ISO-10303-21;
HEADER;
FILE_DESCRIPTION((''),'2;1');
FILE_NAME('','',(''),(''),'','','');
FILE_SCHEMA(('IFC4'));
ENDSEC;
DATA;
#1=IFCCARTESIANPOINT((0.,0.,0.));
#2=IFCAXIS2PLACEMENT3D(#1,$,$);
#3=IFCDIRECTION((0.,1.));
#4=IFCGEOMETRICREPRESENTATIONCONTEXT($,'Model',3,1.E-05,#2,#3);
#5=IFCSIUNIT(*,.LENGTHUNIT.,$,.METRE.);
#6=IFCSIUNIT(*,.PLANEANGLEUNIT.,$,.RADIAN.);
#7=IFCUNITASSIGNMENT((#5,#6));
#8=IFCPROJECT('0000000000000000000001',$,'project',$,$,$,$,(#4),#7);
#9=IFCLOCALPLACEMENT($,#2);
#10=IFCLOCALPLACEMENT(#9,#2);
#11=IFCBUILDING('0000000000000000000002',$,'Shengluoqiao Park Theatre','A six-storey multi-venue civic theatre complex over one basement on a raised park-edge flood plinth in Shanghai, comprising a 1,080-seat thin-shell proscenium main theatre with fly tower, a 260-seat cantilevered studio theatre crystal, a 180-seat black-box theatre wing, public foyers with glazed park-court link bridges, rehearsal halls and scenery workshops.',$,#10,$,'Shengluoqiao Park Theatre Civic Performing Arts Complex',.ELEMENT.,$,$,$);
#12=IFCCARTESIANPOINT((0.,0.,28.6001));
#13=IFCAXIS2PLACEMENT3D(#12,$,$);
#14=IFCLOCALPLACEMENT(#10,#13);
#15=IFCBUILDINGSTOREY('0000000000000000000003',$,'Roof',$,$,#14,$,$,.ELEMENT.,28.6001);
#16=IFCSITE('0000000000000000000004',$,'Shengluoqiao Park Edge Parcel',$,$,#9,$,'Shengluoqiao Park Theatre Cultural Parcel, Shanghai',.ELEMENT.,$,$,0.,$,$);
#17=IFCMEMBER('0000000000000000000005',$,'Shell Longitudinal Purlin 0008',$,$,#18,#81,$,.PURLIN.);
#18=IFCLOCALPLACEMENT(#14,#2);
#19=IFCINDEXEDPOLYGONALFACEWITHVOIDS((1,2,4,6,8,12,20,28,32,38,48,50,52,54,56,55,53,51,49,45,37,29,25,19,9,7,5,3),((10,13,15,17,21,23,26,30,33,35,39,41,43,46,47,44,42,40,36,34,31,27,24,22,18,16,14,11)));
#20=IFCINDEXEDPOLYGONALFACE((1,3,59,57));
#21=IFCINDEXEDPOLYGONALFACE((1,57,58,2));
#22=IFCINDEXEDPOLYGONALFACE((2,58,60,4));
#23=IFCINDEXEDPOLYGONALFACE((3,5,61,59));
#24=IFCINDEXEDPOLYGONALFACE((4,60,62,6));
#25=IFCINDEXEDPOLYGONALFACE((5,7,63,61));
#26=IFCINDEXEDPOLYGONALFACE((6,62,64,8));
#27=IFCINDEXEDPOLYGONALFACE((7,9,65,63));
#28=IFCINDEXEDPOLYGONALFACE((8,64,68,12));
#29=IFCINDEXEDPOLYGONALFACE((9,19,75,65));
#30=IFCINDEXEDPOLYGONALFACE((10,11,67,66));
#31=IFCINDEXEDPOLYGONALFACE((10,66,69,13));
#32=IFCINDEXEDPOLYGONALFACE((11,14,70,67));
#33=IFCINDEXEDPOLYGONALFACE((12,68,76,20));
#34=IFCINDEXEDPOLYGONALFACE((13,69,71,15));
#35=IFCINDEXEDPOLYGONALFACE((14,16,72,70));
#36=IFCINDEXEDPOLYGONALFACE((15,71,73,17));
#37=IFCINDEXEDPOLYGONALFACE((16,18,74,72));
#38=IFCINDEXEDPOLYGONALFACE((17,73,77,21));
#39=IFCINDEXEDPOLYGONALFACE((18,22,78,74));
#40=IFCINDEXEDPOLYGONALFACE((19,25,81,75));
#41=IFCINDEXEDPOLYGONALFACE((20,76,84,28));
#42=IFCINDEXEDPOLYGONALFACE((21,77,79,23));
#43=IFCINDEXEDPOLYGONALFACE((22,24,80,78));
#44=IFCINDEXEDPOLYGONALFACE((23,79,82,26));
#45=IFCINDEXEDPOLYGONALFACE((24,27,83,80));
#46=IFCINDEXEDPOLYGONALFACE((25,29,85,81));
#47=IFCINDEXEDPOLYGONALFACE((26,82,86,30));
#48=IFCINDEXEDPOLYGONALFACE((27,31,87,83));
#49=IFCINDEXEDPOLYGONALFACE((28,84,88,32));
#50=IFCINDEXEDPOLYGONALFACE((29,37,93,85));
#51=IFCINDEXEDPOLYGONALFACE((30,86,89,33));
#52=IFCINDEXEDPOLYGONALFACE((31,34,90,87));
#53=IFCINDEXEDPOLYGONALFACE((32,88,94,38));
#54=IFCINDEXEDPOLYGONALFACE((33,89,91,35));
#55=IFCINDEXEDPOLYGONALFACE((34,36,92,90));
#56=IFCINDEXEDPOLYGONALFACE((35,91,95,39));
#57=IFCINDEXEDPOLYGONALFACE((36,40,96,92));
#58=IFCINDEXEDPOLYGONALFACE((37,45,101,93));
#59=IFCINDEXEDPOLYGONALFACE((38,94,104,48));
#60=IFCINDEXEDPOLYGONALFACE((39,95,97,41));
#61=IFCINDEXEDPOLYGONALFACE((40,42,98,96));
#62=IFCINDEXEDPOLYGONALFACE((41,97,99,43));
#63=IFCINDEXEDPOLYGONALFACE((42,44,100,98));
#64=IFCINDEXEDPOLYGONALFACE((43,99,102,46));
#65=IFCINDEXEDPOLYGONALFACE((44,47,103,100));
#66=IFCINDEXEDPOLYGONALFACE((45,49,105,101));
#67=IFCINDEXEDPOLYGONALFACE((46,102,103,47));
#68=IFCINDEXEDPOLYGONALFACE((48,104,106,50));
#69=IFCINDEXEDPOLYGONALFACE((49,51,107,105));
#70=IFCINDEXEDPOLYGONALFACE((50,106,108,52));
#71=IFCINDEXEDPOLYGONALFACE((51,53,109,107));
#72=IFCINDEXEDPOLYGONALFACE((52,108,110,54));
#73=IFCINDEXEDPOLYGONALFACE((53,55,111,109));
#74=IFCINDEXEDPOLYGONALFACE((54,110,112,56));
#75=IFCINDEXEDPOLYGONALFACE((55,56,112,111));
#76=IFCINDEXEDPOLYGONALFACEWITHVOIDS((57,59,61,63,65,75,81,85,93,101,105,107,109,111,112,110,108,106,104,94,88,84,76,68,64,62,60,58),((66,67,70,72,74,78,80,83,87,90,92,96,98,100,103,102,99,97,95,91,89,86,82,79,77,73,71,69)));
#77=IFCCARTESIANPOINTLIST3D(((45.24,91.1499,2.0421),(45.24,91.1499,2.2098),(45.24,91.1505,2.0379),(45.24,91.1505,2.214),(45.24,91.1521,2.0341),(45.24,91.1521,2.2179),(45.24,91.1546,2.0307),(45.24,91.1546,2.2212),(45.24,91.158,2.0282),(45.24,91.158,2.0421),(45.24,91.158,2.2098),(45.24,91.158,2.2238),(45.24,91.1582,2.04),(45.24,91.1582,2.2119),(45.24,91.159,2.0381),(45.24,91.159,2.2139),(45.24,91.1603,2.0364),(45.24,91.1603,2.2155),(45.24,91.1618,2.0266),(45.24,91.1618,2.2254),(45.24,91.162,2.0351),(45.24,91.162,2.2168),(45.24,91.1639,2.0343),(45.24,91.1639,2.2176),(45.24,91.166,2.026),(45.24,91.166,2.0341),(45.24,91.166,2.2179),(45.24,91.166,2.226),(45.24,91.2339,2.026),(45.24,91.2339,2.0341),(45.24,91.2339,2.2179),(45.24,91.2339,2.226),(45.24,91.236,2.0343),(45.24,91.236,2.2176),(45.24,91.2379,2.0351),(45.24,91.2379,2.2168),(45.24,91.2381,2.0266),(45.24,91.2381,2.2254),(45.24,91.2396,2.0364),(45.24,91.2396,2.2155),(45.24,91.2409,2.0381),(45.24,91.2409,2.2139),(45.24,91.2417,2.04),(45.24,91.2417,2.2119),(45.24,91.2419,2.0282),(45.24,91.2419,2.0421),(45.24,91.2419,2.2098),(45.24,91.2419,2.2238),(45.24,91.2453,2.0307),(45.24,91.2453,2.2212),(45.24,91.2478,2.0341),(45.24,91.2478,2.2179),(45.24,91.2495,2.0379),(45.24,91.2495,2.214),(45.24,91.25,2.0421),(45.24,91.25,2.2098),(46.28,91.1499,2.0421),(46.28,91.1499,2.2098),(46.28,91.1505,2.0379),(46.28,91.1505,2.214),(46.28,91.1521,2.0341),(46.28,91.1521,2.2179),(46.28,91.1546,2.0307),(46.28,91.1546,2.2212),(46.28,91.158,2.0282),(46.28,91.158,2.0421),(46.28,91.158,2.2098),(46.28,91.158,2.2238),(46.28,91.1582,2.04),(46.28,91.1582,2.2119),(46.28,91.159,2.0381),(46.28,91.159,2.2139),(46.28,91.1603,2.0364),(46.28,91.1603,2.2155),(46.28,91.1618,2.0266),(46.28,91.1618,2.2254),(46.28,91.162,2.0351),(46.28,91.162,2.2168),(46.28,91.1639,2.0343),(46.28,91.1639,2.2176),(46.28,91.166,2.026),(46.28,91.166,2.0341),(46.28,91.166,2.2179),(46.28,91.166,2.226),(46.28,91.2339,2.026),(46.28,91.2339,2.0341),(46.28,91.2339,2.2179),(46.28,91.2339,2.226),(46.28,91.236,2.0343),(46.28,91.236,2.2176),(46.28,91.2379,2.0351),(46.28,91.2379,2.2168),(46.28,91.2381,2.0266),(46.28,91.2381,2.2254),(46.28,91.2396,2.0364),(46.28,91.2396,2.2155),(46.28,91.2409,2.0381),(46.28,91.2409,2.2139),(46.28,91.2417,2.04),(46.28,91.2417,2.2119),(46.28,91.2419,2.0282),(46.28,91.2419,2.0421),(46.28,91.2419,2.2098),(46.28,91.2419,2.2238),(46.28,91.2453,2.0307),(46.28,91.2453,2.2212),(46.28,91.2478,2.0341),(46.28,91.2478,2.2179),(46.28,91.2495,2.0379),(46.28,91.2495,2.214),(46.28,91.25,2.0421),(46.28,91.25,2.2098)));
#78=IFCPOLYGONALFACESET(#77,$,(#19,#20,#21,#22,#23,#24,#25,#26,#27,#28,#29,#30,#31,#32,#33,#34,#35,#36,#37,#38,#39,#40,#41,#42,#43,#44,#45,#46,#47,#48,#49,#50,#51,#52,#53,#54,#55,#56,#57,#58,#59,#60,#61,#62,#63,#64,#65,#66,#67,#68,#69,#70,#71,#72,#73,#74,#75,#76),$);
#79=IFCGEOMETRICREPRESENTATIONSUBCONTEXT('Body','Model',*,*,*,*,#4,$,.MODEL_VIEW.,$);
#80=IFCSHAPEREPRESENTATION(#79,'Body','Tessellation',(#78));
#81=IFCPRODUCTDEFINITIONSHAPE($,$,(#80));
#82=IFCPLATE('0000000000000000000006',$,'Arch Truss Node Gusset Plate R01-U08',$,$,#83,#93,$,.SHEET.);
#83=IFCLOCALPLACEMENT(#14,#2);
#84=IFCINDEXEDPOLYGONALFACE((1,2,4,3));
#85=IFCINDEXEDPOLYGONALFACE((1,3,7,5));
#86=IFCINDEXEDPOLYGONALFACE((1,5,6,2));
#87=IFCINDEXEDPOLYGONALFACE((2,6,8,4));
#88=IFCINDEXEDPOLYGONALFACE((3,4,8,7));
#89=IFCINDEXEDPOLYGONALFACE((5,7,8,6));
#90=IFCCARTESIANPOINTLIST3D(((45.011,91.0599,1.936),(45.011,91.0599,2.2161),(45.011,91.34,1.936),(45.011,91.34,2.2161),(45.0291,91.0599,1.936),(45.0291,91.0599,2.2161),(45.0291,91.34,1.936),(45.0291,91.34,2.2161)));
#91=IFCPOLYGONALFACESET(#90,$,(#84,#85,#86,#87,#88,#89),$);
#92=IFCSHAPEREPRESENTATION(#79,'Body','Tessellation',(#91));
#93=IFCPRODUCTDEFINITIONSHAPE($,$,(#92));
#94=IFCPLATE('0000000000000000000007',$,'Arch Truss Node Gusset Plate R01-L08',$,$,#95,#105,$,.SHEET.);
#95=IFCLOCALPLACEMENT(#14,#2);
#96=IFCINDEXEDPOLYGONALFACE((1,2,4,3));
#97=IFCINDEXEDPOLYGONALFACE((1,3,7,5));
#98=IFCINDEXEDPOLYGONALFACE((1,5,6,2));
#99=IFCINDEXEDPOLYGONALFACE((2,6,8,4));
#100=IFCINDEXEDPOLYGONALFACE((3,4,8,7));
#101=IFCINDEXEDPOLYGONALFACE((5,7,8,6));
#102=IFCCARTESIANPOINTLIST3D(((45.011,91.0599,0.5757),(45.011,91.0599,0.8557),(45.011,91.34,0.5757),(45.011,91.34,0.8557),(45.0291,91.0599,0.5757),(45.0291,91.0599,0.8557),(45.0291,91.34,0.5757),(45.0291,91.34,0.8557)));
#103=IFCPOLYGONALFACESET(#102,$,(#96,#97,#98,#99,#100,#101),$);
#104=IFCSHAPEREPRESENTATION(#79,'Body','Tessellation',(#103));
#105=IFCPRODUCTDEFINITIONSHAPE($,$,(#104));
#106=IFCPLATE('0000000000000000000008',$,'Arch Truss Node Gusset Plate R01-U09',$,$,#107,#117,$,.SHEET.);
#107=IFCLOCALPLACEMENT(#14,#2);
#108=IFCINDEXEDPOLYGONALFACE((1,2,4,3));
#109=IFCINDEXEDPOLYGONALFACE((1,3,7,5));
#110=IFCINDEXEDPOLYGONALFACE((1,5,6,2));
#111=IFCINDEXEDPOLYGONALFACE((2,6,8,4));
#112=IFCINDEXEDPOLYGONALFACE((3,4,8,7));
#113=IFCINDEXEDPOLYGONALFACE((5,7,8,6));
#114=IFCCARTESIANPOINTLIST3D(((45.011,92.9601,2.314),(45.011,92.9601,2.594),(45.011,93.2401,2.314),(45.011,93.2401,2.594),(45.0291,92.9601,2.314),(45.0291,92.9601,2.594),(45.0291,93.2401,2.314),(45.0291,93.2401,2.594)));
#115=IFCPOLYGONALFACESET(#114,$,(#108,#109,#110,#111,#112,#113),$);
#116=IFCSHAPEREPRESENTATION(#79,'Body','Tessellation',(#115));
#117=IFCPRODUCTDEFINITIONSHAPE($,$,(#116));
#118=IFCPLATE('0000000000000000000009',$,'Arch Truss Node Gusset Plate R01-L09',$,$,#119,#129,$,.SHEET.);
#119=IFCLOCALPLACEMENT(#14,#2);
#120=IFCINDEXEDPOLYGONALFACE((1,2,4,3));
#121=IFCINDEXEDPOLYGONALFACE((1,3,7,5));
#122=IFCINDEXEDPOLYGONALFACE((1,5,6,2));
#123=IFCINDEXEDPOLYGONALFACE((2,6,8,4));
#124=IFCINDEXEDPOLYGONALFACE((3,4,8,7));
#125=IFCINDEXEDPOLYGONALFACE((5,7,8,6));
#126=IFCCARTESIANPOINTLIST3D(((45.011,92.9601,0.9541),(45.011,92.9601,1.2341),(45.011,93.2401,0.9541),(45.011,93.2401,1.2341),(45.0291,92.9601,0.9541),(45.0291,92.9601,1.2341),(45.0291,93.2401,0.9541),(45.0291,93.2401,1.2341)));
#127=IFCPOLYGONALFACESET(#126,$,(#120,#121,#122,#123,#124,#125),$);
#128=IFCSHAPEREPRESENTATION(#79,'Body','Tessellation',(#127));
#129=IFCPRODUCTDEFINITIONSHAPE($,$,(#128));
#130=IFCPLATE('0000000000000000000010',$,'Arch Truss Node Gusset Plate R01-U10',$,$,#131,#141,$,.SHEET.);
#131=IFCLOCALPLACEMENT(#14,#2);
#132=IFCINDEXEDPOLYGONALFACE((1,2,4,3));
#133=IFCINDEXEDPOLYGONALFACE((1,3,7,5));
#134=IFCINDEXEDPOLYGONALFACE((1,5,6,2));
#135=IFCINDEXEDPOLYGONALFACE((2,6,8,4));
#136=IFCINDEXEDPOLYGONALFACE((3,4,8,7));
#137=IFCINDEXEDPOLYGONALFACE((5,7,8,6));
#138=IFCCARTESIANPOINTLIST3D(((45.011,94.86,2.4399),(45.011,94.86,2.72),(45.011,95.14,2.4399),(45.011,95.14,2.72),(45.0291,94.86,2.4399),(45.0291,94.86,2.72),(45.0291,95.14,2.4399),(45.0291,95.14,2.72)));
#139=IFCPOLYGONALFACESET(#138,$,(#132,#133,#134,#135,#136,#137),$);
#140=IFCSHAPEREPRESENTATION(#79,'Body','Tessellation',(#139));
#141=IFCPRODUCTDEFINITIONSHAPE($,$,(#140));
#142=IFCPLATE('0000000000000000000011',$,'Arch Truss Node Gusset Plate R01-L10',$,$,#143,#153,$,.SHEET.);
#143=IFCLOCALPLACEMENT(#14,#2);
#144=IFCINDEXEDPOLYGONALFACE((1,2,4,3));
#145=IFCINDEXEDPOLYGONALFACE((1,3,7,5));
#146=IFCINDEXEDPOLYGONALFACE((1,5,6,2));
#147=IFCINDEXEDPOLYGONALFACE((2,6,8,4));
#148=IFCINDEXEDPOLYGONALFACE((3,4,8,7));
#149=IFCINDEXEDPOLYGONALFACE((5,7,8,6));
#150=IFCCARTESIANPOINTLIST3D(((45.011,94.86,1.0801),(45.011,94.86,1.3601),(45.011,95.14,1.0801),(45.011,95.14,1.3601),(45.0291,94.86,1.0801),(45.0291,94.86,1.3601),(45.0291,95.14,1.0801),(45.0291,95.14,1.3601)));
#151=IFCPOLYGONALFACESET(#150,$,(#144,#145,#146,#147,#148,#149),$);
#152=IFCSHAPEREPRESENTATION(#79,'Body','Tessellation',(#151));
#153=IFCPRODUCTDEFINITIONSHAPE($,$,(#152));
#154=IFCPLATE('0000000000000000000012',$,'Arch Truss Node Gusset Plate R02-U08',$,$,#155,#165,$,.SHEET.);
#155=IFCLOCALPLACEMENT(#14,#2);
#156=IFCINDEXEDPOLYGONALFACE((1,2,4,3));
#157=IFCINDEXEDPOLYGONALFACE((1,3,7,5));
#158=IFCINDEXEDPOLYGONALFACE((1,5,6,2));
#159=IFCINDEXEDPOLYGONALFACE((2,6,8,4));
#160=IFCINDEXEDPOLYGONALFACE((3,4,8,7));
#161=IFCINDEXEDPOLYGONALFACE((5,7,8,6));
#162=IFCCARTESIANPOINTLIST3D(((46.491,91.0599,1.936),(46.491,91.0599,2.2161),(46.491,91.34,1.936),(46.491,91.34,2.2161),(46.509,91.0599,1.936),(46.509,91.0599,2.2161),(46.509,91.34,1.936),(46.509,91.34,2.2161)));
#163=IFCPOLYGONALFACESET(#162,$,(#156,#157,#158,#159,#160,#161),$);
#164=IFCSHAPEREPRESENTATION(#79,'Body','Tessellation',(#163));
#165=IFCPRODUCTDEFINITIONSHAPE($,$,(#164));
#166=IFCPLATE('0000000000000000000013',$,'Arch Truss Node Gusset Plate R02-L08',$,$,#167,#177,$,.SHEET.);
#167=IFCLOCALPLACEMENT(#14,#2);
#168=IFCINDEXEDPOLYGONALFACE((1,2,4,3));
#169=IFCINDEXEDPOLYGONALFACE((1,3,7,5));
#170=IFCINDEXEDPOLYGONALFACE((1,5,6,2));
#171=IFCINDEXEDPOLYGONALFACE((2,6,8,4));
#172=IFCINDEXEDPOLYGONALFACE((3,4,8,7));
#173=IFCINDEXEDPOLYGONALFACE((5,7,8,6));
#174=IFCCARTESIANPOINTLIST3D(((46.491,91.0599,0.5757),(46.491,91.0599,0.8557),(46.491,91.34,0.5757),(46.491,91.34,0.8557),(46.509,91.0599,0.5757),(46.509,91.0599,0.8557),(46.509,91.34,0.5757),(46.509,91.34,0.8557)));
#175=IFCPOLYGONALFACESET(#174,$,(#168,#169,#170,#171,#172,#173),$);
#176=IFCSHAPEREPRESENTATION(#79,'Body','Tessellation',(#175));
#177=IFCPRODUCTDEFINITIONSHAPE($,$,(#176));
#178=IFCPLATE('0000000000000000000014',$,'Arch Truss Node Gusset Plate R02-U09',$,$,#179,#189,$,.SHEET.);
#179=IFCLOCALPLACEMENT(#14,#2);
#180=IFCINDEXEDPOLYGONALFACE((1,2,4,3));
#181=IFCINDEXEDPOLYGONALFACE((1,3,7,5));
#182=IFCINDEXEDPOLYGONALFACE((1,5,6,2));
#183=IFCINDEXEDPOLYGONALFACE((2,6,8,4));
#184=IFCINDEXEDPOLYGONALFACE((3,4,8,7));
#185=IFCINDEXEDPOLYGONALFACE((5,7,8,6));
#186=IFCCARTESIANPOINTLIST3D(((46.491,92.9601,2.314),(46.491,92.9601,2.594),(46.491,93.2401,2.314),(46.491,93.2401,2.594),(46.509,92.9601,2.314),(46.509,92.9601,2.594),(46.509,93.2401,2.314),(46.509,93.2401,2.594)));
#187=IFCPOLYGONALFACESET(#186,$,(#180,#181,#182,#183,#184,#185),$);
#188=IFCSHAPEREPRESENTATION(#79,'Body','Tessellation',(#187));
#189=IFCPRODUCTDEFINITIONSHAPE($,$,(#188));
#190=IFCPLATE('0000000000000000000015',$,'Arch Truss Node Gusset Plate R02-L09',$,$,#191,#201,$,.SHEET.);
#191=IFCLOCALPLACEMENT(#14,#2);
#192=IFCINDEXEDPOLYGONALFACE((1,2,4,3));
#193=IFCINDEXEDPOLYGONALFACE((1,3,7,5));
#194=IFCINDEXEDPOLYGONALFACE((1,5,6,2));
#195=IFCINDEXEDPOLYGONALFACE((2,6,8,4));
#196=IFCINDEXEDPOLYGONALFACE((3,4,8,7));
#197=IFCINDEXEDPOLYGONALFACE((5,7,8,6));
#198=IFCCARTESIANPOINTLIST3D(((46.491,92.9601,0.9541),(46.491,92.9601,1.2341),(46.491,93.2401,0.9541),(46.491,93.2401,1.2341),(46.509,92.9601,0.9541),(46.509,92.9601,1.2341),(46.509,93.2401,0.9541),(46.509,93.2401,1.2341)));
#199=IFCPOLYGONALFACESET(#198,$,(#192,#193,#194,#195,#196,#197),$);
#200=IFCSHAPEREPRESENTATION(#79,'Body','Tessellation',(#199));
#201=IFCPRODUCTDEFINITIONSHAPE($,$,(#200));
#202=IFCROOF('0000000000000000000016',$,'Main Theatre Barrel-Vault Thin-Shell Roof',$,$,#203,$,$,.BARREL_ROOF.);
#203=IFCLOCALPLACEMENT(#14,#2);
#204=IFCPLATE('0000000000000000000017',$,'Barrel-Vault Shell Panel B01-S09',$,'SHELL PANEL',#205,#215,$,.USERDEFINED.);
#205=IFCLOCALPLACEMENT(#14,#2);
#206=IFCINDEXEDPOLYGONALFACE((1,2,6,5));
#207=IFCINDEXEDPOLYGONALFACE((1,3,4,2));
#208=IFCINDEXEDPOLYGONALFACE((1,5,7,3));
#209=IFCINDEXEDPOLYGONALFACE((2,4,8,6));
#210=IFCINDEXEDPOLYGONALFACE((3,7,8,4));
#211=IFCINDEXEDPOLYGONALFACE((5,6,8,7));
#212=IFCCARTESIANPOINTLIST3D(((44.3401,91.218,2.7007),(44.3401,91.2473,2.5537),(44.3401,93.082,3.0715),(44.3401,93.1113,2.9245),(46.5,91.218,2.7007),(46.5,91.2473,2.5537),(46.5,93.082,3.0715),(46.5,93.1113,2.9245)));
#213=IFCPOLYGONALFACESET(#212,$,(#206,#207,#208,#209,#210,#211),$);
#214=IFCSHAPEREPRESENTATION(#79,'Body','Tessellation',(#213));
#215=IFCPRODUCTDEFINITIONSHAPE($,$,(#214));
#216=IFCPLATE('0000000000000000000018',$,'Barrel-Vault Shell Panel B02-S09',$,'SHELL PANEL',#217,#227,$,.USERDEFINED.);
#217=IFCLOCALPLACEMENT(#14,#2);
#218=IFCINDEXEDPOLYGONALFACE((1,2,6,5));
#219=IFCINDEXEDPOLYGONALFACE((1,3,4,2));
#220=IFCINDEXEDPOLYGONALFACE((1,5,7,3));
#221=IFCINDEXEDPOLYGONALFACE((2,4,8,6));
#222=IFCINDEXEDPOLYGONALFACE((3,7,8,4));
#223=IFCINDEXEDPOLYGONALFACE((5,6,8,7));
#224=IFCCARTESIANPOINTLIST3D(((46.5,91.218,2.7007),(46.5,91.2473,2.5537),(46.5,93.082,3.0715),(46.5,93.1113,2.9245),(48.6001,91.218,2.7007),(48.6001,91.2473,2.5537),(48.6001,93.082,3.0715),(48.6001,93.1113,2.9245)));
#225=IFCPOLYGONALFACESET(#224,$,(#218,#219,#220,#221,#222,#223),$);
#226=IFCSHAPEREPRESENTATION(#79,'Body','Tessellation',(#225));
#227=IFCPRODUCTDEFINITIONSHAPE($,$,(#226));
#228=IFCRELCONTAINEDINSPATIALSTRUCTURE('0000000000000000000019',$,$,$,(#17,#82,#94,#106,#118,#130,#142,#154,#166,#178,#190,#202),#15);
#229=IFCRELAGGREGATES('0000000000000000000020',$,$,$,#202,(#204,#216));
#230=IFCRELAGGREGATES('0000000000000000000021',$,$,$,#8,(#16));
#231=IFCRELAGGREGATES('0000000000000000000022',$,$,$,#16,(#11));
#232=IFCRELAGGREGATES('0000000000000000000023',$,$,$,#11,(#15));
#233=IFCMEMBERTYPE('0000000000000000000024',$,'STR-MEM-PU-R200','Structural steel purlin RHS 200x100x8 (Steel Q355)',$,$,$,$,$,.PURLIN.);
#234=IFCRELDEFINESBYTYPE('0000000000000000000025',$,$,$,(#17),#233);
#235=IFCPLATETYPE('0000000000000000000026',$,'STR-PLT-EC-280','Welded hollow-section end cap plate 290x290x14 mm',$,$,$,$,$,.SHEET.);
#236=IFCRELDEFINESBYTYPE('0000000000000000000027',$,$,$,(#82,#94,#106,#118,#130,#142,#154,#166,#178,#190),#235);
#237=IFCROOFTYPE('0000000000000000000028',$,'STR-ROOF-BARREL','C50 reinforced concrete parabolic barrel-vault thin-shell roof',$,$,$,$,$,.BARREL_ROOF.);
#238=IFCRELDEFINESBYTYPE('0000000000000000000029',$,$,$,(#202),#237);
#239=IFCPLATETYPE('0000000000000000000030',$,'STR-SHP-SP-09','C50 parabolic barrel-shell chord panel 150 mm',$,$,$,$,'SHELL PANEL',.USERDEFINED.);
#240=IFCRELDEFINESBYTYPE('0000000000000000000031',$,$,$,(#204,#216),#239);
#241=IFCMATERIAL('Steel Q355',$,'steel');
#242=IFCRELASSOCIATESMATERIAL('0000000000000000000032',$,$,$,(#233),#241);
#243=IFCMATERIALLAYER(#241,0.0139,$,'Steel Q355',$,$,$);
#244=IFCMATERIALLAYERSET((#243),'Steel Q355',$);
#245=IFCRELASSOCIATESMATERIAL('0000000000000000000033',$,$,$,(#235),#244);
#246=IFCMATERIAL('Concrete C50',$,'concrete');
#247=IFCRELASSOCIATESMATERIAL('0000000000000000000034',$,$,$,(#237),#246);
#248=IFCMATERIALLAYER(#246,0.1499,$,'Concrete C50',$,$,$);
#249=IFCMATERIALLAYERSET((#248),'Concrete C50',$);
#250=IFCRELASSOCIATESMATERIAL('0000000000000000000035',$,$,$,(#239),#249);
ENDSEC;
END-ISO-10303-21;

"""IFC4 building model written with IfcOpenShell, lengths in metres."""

from ifc_helpers import new_model, si_unit, direction, frame, origin, origin_2d, place, context, subcontext, project, spatial, polyline, rectangle, hollow_rectangle, outline, extrude, material, layer, layer_set, material_profile, profile_set, type_object, element, aggregate, save


model = new_model("IFC4")

# Units and contexts
model_context = context("Model", 3, precision=1e-05, world=origin(), true_north=direction((0.0, 1.0)))
body_context = subcontext(model_context, "Body", "Model", "MODEL_VIEW")
ifc_project = project(units=[si_unit("LENGTHUNIT", "METRE"), si_unit("PLANEANGLEUNIT", "RADIAN")], contexts=[model_context])

# Site, building, storey
site_placement = place(None, origin())
site = spatial("IfcSite", under=ifc_project, at=site_placement, Name="Shengluoqiao Park Edge Parcel", LongName="Shengluoqiao Park Theatre Cultural Parcel, Shanghai", CompositionType="ELEMENT", RefElevation=0.0)
building_placement = place(site_placement, origin())
building = spatial("IfcBuilding", under=site, at=building_placement, Name="Shengluoqiao Park Theatre", Description="A six-storey multi-venue civic theatre complex over one basement on a raised park-edge flood plinth in Shanghai, comprising a 1,080-seat thin-shell proscenium main theatre with fly tower, a 260-seat cantilevered studio theatre crystal, a 180-seat black-box theatre wing, public foyers with glazed park-court link bridges, rehearsal halls and scenery workshops.", LongName="Shengluoqiao Park Theatre Civic Performing Arts Complex", CompositionType="ELEMENT")
storey_placement = place(building_placement, frame((0.0, 0.0, 28.6001)))
storey = spatial("IfcBuildingStorey", under=building, at=storey_placement, Name="Roof", CompositionType="ELEMENT", Elevation=28.6001)

# Shared definitions
ifc_material_1 = material(Name="Concrete C50", Category="concrete")
ifc_material_2 = material(Name="Steel Q355", Category="steel")

# Member
ifc_material_profile_1 = material_profile(ifc_material_2, hollow_rectangle(XDim=0.1001, YDim=0.2, WallThickness=0.0081, InnerFilletRadius=0.0081, OuterFilletRadius=0.0161, at=origin_2d()), Name="RHS 200x100x8")
ifc_profile_set_1 = profile_set([ifc_material_profile_1], Name="Steel Q355")
member_type_1 = type_object("IfcMemberType", Name="STR-MEM-PU-R200", Description="Structural steel purlin RHS 200x100x8 (Steel Q355)", PredefinedType="PURLIN", material=ifc_profile_set_1)
member_1_placement = place(storey_placement, frame((45.24, 91.2, 2.126), z_axis=(1.0, 0.0, 0.0), x_axis=(0.0, 1.0, 0.0)))
element("IfcMember", 1, at=member_1_placement, inside=storey, type_object=member_type_1, Name="Shell Longitudinal Purlin 0008", PredefinedType="PURLIN", context=body_context, shape_type="SweptSolid", body=[
    extrude(hollow_rectangle(XDim=0.1001, YDim=0.2, WallThickness=0.0081, InnerFilletRadius=0.0081, OuterFilletRadius=0.0161, at=origin_2d()), origin(), (0.0, 0.0, 1.0), 1.04),
])

# Plates
ifc_layer_1 = layer(ifc_material_2, 0.0139, Name="Steel Q355")
ifc_layer_set_1 = layer_set([ifc_layer_1], Name="Steel Q355")
plate_type_1 = type_object("IfcPlateType", Name="STR-PLT-EC-280", Description="Welded hollow-section end cap plate 290x290x14 mm", PredefinedType="SHEET", material=ifc_layer_set_1)
for number, where, z_axis, x_axis, name in (
    (2, (45.02, 91.2, 1.936), (0.0, 0.0, 1.0), (1.0, 0.0, 0.0), "Arch Truss Node Gusset Plate R01-U08"),
    (3, (45.02, 91.2, 0.5757), (0.0, 0.0, 1.0), (1.0, 0.0, 0.0), "Arch Truss Node Gusset Plate R01-L08"),
    (4, (45.02, 93.1001, 2.314), (0.0, 0.0, 1.0), (1.0, 0.0, 0.0), "Arch Truss Node Gusset Plate R01-U09"),
    (5, (45.02, 93.1001, 0.9541), (0.0, 0.0, 1.0), (1.0, 0.0, 0.0), "Arch Truss Node Gusset Plate R01-L09"),
    (6, (45.02, 95.0, 2.4399), (0.0, 0.0, 1.0), (1.0, 0.0, 0.0), "Arch Truss Node Gusset Plate R01-U10"),
    (7, (45.02, 95.0, 1.0801), (0.0, 0.0, 1.0), (1.0, 0.0, 0.0), "Arch Truss Node Gusset Plate R01-L10"),
    (8, (46.5, 91.2, 1.936), (0.0, 0.0, 1.0), (1.0, 0.0, 0.0), "Arch Truss Node Gusset Plate R02-U08"),
    (9, (46.5, 91.2, 0.5757), (0.0, 0.0, 1.0), (1.0, 0.0, 0.0), "Arch Truss Node Gusset Plate R02-L08"),
    (10, (46.5, 93.1001, 2.314), (0.0, 0.0, 1.0), (1.0, 0.0, 0.0), "Arch Truss Node Gusset Plate R02-U09"),
    (11, (46.5, 93.1001, 0.9541), (0.0, 0.0, 1.0), (1.0, 0.0, 0.0), "Arch Truss Node Gusset Plate R02-L09"),
):
    element("IfcPlate", number, at=place(storey_placement, frame(where, z_axis=z_axis, x_axis=x_axis)), inside=storey, type_object=plate_type_1, Name=name, PredefinedType="SHEET", context=body_context, shape_type="SweptSolid", body=[
        extrude(rectangle(XDim=0.0181, YDim=0.28, at=origin_2d()), origin(), (0.0, 0.0, 1.0), 0.28),
    ])

# Roof, plates
roof_type = type_object("IfcRoofType", Name="STR-ROOF-BARREL", Description="C50 reinforced concrete parabolic barrel-vault thin-shell roof", PredefinedType="BARREL_ROOF", material=ifc_material_1)
roof_placement = place(storey_placement, origin())
roof = element("IfcRoof", 12, at=roof_placement, inside=storey, type_object=roof_type, Name="Main Theatre Barrel-Vault Thin-Shell Roof", PredefinedType="BARREL_ROOF")
ifc_layer_2 = layer(ifc_material_1, 0.1499, Name="Concrete C50")
ifc_layer_set_2 = layer_set([ifc_layer_2], Name="Concrete C50")
plate_type_2 = type_object("IfcPlateType", Name="STR-SHP-SP-09", Description="C50 parabolic barrel-shell chord panel 150 mm", ElementType="SHELL PANEL", PredefinedType="USERDEFINED", material=ifc_layer_set_2)
plate_1_placement = place(storey_placement, frame((44.3401, 91.218, 2.7007), z_axis=(0.0, -0.195128, 0.980778), x_axis=(1.0, 0.0, 0.0)))
plate_1 = element("IfcPlate", 13, at=plate_1_placement, type_object=plate_type_2, Name="Barrel-Vault Shell Panel B01-S09", ObjectType="SHELL PANEL", PredefinedType="USERDEFINED", context=body_context, shape_type="SweptSolid", body=[
    extrude(outline(polyline([(0.0, 0.0), (2.1599, 0.0), (2.1599, 1.9005), (0.0, 1.9005), (0.0, 0.0)])), origin(), (0.0, 0.0, -1.0), 0.1499),
])
plate_2_placement = place(storey_placement, frame((46.5, 91.218, 2.7007), z_axis=(0.0, -0.195128, 0.980778), x_axis=(1.0, 0.0, 0.0)))
plate_2 = element("IfcPlate", 14, at=plate_2_placement, type_object=plate_type_2, Name="Barrel-Vault Shell Panel B02-S09", ObjectType="SHELL PANEL", PredefinedType="USERDEFINED", context=body_context, shape_type="SweptSolid", body=[
    extrude(outline(polyline([(0.0, 0.0), (2.1001, 0.0), (2.1001, 1.9005), (0.0, 1.9005), (0.0, 0.0)])), origin(), (0.0, 0.0, -1.0), 0.1499),
])
aggregate(roof, [plate_1, plate_2])

save(model, "model.ifc")
